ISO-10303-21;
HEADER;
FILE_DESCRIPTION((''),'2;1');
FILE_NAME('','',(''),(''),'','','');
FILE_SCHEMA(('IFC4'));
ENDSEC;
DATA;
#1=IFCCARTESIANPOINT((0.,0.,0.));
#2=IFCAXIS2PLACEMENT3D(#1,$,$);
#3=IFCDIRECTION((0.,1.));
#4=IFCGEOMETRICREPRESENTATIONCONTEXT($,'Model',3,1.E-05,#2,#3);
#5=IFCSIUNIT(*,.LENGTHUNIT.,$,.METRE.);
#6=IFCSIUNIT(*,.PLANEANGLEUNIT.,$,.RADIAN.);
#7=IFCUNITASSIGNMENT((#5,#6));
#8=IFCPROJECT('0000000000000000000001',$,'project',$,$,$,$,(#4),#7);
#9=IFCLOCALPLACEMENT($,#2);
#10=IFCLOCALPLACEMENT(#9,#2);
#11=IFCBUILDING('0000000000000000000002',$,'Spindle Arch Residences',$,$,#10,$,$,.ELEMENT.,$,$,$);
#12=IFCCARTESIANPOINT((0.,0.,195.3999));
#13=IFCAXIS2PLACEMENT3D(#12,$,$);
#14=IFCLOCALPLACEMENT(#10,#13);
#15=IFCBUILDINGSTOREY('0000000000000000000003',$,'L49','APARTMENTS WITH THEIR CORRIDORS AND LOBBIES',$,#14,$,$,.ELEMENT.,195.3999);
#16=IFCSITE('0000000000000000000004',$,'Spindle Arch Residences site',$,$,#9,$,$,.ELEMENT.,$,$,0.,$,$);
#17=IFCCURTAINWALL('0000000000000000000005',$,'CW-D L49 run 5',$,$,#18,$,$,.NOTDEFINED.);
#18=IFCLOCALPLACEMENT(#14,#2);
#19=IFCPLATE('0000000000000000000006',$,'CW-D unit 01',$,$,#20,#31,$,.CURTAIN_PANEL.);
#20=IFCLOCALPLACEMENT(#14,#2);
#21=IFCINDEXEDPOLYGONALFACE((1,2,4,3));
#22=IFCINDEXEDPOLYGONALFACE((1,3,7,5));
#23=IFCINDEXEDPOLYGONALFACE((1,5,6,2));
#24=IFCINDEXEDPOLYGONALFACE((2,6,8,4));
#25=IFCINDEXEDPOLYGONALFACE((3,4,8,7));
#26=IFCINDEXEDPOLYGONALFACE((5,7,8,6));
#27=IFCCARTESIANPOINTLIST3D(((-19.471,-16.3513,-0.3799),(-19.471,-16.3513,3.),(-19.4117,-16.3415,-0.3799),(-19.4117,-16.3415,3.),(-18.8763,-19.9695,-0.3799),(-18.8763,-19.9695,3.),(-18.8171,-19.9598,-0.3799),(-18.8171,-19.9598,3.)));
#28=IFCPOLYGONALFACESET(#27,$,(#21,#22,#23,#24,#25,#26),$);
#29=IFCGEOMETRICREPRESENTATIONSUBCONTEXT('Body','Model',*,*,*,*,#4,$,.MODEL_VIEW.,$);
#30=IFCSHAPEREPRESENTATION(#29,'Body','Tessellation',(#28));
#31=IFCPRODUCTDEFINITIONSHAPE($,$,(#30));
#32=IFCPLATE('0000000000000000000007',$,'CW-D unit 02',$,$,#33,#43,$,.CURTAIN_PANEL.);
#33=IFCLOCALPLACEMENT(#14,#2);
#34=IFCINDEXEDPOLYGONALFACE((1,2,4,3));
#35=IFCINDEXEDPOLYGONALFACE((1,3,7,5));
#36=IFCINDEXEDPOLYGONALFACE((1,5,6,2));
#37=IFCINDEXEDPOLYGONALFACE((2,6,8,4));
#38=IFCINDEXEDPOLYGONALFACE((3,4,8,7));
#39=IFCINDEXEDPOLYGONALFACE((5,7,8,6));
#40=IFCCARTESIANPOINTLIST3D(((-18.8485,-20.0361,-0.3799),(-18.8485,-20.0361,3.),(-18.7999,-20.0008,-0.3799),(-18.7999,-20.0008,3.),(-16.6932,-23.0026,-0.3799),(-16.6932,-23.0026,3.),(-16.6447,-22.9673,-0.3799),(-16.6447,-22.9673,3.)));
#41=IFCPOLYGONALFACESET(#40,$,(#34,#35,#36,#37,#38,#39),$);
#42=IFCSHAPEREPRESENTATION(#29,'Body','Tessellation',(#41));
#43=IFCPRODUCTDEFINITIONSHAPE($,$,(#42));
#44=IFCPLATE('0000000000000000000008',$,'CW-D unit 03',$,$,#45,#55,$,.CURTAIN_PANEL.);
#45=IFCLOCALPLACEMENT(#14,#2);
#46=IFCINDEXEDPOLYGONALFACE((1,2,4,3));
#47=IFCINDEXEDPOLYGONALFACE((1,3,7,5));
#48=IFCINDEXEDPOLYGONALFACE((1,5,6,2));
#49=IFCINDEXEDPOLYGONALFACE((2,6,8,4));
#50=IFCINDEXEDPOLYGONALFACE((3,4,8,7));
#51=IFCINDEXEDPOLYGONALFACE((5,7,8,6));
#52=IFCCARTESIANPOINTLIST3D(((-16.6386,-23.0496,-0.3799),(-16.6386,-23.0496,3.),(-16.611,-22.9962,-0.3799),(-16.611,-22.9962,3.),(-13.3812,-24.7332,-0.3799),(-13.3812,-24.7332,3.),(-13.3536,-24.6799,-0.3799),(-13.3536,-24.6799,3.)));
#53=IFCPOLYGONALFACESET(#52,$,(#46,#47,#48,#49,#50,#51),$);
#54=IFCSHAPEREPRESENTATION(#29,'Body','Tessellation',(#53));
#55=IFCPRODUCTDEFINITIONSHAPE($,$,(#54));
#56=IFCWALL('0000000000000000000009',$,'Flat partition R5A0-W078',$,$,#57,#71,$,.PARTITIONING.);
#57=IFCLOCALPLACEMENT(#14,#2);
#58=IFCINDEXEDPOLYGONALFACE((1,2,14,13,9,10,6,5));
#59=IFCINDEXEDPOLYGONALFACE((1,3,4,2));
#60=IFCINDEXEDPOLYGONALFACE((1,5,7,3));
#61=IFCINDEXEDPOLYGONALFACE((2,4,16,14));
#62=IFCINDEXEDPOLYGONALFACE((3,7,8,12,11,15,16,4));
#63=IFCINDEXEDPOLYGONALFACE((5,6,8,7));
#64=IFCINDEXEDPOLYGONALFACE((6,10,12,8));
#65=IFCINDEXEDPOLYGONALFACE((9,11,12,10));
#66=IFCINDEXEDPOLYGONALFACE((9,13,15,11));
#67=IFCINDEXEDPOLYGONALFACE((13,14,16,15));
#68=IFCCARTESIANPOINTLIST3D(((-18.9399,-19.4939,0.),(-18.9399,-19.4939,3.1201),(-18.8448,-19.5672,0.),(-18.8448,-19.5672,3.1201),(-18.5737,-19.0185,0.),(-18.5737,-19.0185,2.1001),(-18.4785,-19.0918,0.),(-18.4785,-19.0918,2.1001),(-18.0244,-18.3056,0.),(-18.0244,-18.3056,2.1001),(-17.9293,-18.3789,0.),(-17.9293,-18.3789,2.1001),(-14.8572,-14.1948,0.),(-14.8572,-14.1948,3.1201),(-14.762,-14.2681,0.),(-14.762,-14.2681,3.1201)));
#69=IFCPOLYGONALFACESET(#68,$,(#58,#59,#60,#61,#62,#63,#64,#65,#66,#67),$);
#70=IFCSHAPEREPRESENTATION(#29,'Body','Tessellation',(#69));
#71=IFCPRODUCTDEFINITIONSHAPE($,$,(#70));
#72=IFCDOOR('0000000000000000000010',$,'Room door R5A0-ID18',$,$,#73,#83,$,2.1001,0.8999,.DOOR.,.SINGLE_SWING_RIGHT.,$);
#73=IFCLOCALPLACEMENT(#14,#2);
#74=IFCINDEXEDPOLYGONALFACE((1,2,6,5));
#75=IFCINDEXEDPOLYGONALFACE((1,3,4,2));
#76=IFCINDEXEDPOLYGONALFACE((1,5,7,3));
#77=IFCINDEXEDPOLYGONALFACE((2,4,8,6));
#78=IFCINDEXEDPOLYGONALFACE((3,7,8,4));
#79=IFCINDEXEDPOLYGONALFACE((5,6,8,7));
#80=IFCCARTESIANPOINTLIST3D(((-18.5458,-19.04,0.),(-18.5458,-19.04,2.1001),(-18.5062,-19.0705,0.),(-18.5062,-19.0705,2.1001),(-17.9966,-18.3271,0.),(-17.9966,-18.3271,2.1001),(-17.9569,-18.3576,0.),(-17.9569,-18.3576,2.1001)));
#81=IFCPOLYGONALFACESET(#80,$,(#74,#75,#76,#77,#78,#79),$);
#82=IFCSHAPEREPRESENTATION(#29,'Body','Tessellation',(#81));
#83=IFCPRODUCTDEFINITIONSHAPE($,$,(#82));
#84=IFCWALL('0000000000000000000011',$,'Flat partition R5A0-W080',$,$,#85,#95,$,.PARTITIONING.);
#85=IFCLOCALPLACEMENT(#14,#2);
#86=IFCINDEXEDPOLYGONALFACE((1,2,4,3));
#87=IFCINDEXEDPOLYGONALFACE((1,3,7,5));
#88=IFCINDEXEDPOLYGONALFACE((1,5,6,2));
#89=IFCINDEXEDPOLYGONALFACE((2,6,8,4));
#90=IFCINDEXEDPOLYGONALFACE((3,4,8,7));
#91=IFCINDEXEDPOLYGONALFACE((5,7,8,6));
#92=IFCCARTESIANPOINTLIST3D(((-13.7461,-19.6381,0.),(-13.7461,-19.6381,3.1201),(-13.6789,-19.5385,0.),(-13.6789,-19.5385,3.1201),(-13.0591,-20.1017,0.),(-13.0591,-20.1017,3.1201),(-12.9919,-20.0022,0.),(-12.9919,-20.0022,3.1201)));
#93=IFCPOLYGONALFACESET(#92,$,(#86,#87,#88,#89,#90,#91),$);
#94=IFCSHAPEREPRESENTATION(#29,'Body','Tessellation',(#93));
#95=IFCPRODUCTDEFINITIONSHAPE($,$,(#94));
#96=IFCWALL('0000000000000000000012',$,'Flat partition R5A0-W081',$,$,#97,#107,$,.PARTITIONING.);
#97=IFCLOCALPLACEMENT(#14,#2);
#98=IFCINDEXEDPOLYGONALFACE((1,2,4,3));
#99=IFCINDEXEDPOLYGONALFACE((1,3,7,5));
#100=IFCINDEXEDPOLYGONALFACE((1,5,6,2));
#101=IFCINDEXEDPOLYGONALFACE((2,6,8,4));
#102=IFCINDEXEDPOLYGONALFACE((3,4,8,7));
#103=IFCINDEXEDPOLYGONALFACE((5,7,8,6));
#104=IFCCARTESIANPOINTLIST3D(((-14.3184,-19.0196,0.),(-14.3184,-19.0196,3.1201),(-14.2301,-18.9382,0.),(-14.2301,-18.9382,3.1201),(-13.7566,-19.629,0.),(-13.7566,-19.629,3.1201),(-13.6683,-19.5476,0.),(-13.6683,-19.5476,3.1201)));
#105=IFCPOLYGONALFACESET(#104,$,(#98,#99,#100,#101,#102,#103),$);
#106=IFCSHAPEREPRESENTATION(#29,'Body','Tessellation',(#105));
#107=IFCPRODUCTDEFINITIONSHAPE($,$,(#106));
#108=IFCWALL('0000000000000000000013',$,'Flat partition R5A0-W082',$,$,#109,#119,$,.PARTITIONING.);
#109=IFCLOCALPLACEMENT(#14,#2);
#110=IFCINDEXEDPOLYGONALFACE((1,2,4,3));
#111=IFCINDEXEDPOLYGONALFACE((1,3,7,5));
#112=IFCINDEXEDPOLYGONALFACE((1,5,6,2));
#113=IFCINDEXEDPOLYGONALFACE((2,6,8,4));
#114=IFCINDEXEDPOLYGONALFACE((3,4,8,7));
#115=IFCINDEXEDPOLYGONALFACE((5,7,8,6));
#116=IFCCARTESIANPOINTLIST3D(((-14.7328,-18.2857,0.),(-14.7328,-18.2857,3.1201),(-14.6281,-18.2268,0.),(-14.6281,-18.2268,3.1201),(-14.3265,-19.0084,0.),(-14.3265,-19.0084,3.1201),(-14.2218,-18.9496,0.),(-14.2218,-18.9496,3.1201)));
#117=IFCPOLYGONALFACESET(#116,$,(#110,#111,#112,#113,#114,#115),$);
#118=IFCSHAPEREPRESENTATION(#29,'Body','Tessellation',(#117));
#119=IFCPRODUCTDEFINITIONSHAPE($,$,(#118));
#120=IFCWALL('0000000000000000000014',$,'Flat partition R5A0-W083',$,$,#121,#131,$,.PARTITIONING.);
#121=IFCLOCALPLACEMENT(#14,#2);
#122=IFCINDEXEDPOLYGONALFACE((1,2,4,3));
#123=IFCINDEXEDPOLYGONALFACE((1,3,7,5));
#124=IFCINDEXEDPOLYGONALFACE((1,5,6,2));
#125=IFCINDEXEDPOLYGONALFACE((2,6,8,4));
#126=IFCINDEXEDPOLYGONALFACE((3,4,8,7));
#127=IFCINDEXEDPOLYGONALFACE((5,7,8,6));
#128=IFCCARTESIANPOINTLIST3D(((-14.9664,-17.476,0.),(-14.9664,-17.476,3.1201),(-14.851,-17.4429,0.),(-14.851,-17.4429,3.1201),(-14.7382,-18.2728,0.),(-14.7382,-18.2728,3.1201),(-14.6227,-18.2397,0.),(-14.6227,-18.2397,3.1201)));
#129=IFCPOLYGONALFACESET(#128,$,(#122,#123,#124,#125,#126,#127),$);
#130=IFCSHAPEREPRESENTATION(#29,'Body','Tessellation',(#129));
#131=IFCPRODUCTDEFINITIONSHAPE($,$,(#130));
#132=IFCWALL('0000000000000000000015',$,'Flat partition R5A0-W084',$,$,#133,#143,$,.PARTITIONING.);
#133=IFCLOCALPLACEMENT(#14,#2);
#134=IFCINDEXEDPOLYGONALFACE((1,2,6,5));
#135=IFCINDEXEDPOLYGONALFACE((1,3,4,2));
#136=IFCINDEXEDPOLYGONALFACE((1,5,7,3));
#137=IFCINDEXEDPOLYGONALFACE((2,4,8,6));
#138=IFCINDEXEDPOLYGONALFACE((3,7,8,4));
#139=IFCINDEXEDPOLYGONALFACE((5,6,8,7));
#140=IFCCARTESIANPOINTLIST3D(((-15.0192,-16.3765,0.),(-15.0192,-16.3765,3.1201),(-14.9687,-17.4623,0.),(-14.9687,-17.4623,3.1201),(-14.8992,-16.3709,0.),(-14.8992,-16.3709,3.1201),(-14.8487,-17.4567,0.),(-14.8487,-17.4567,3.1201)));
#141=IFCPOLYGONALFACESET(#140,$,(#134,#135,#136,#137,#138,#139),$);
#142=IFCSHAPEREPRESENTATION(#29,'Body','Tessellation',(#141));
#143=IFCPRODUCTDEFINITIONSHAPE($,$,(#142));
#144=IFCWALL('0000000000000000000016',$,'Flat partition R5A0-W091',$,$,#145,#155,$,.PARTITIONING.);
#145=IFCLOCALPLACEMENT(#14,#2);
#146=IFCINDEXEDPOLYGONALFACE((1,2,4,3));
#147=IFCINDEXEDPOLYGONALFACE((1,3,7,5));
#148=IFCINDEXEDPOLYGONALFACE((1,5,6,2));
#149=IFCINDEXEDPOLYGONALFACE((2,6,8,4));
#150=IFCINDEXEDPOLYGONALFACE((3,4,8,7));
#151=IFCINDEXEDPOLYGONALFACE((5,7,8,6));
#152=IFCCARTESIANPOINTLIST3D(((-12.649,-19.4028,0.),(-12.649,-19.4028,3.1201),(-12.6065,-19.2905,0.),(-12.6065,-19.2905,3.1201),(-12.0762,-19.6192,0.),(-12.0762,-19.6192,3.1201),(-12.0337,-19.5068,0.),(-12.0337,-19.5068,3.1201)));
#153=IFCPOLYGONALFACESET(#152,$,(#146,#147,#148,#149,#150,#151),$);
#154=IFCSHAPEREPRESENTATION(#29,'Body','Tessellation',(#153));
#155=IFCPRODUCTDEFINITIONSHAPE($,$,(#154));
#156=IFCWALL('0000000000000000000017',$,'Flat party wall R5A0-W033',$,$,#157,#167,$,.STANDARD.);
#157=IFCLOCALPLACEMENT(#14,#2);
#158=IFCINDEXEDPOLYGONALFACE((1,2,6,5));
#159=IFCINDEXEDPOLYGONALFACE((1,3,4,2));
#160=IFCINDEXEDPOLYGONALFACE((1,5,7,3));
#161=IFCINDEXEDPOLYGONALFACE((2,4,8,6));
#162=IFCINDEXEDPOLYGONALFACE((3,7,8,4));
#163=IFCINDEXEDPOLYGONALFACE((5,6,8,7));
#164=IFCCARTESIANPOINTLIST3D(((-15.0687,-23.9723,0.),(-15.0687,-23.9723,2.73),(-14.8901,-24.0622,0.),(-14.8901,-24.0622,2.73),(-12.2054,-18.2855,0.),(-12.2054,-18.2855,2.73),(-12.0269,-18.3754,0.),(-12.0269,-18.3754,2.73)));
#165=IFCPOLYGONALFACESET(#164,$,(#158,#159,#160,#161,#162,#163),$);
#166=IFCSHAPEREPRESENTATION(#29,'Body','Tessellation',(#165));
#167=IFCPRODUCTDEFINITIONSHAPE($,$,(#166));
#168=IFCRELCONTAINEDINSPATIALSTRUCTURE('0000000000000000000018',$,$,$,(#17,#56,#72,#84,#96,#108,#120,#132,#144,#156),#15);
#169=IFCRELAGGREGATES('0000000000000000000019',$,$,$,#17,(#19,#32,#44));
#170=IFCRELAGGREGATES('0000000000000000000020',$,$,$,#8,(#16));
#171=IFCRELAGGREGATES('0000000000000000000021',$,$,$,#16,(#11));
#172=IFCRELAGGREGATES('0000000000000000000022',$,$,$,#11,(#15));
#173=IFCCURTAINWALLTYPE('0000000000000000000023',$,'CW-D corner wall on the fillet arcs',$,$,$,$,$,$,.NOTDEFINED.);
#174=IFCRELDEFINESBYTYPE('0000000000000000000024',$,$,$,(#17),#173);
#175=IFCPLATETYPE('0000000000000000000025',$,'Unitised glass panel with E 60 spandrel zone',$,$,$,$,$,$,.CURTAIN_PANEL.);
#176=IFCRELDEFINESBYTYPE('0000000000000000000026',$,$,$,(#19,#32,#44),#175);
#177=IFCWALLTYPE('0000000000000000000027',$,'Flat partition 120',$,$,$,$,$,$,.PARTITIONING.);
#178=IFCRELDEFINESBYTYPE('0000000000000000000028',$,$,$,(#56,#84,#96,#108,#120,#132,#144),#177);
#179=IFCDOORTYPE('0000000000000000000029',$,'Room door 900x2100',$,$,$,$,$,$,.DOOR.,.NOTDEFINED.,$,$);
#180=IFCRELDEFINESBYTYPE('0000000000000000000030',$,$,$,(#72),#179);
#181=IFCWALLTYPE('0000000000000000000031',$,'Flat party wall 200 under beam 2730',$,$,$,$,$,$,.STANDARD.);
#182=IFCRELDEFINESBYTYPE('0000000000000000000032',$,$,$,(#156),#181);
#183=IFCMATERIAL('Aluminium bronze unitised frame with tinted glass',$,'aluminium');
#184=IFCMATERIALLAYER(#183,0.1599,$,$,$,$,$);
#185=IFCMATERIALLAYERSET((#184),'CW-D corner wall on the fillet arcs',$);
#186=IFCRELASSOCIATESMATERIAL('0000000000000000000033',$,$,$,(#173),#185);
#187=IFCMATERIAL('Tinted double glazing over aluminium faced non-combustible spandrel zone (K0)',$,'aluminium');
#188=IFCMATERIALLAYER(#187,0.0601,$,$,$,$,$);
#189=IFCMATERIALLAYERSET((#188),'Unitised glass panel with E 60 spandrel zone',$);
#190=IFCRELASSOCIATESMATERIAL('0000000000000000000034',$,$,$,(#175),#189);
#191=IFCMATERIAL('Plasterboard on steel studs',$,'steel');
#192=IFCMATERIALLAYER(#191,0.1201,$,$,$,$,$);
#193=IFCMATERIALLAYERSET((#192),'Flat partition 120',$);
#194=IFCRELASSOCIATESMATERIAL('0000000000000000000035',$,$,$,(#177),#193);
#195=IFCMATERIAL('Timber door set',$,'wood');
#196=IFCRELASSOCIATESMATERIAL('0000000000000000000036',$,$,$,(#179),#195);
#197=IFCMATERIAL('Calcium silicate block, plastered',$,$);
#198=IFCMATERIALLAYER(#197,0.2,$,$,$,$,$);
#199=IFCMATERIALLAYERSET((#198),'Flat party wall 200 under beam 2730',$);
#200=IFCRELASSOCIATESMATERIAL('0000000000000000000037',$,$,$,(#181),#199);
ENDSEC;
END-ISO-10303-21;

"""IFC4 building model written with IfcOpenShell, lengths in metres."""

from ifc_helpers import new_model, si_unit, direction, frame, frame_2d, origin, origin_2d, place, context, subcontext, project, spatial, rectangle, extrude, material, layer, layer_set, type_object, element, fill, aggregate, save


model = new_model("IFC4")

# Units and contexts
model_context = context("Model", 3, precision=1e-05, world=origin(), true_north=direction((0.0, 1.0)))
body_context = subcontext(model_context, "Body", "Model", "MODEL_VIEW")
ifc_project = project(units=[si_unit("LENGTHUNIT", "METRE"), si_unit("PLANEANGLEUNIT", "RADIAN")], contexts=[model_context])

# Site, building, storey
site_placement = place(None, origin())
site = spatial("IfcSite", under=ifc_project, at=site_placement, Name="Spindle Arch Residences site", CompositionType="ELEMENT", RefElevation=0.0)
building_placement = place(site_placement, origin())
building = spatial("IfcBuilding", under=site, at=building_placement, Name="Spindle Arch Residences", CompositionType="ELEMENT")
storey_placement = place(building_placement, frame((0.0, 0.0, 195.3999)))
storey = spatial("IfcBuildingStorey", under=building, at=storey_placement, Name="L49", Description="APARTMENTS WITH THEIR CORRIDORS AND LOBBIES", CompositionType="ELEMENT", Elevation=195.3999)

# Curtain wall
ifc_material_1 = material(Name="Aluminium bronze unitised frame with tinted glass", Category="aluminium")
ifc_layer_1 = layer(ifc_material_1, 0.1599)
ifc_layer_set_1 = layer_set([ifc_layer_1], Name="CW-D corner wall on the fillet arcs")
curtain_wall_type = type_object("IfcCurtainWallType", Name="CW-D corner wall on the fillet arcs", PredefinedType="NOTDEFINED", material=ifc_layer_set_1)
curtain_wall_placement = place(storey_placement, origin())
curtain_wall = element("IfcCurtainWall", 1, at=curtain_wall_placement, inside=storey, type_object=curtain_wall_type, Name="CW-D L49 run 5", PredefinedType="NOTDEFINED")

# Plates
ifc_material_2 = material(Name="Tinted double glazing over aluminium faced non-combustible spandrel zone (K0)", Category="aluminium")
ifc_layer_2 = layer(ifc_material_2, 0.0601)
ifc_layer_set_2 = layer_set([ifc_layer_2], Name="Unitised glass panel with E 60 spandrel zone")
plate_type = type_object("IfcPlateType", Name="Unitised glass panel with E 60 spandrel zone", PredefinedType="CURTAIN_PANEL", material=ifc_layer_set_2)
plate_1_placement = place(storey_placement, frame((-19.144, -18.1555, -0.3799), z_axis=(0.0, 0.0, 1.0), x_axis=(0.162178, -0.986762, 0.0)))
plate_1 = element("IfcPlate", 2, at=plate_1_placement, type_object=plate_type, Name="CW-D unit 01", PredefinedType="CURTAIN_PANEL", context=body_context, shape_type="SweptSolid", body=[
    extrude(rectangle(XDim=3.6667, YDim=0.0601, at=origin_2d()), origin(), (0.0, 0.0, 1.0), 3.3799),
])
plate_2_placement = place(storey_placement, frame((-17.7466, -21.5017, -0.3799), z_axis=(0.0, 0.0, 1.0), x_axis=(0.587785, -0.809017, 0.0)))
plate_2 = element("IfcPlate", 3, at=plate_2_placement, type_object=plate_type, Name="CW-D unit 02", PredefinedType="CURTAIN_PANEL", context=body_context, shape_type="SweptSolid", body=[
    extrude(rectangle(XDim=3.6667, YDim=0.0601, at=origin_2d()), origin(), (0.0, 0.0, 1.0), 3.3799),
])
plate_3_placement = place(storey_placement, frame((-14.9961, -23.8647, -0.3799), z_axis=(0.0, 0.0, 1.0), x_axis=(0.88835, -0.459166, 0.0)))
plate_3 = element("IfcPlate", 4, at=plate_3_placement, type_object=plate_type, Name="CW-D unit 03", PredefinedType="CURTAIN_PANEL", context=body_context, shape_type="SweptSolid", body=[
    extrude(rectangle(XDim=3.6667, YDim=0.0601, at=origin_2d()), origin(), (0.0, 0.0, 1.0), 3.3799),
])
aggregate(curtain_wall, [plate_1, plate_2, plate_3])

# Wall, opening, door
ifc_material_3 = material(Name="Plasterboard on steel studs", Category="steel")
ifc_layer_3 = layer(ifc_material_3, 0.1201)
ifc_layer_set_3 = layer_set([ifc_layer_3], Name="Flat partition 120")
wall_type_1 = type_object("IfcWallType", Name="Flat partition 120", PredefinedType="PARTITIONING", material=ifc_layer_set_3)
wall_1_placement = place(storey_placement, frame((-18.8923, -19.5305, 0.0), z_axis=(0.0, 0.0, 1.0), x_axis=(0.610326, 0.79215, 0.0)))
wall_1 = element("IfcWall", 5, at=wall_1_placement, inside=storey, type_object=wall_type_1, Name="Flat partition R5A0-W078", PredefinedType="PARTITIONING", context=body_context, shape_type="SweptSolid", body=[
    extrude(rectangle(XDim=6.6895, YDim=0.1201, at=frame_2d((3.3447, 0.0))), origin(), (0.0, 0.0, 1.0), 3.1201),
])
opening_placement = place(wall_1_placement, frame((0.6001, 0.0, 0.0)))
opening = element("IfcOpeningElement", 6, at=opening_placement, cuts=wall_1, PredefinedType="OPENING", context=body_context, shape_type="SweptSolid", body=[
    extrude(rectangle(XDim=0.8999, YDim=2.1001, at=frame_2d((0.45, 1.05))), frame((0.0, 0.0701, 0.0), z_axis=(0.0, -1.0, 0.0), x_axis=(1.0, 0.0, 0.0)), (0.0, 0.0, 1.0), 0.1401),
])
ifc_material_4 = material(Name="Timber door set", Category="wood")
door_type = type_object("IfcDoorType", Name="Room door 900x2100", OperationType="NOTDEFINED", PredefinedType="DOOR", material=ifc_material_4)
door_placement = place(opening_placement, origin())
door = element("IfcDoor", 7, at=door_placement, inside=storey, type_object=door_type, Name="Room door R5A0-ID18", OperationType="SINGLE_SWING_RIGHT", OverallHeight=2.1001, OverallWidth=0.8999, PredefinedType="DOOR", context=body_context, shape_type="SweptSolid", body=[
    extrude(rectangle(XDim=0.8999, YDim=2.1001, at=frame_2d((0.45, 1.05))), frame((0.0, 0.0249, 0.0), z_axis=(0.0, -1.0, 0.0), x_axis=(1.0, 0.0, 0.0)), (0.0, 0.0, 1.0), 0.05),
])
fill(opening, door)

# Walls
for number, where, z_axis, x_axis, name in (
    (8, (-13.0254, -20.052, 0.0), (0.0, 0.0, 1.0), (-0.82891, 0.559382, 0.0), "Flat partition R5A0-W080"),
    (9, (-13.7124, -19.5884, 0.0), (0.0, 0.0, 1.0), (-0.677803, 0.735244, 0.0), "Flat partition R5A0-W081"),
):
    element("IfcWall", number, at=place(storey_placement, frame(where, z_axis=z_axis, x_axis=x_axis)), inside=storey, type_object=wall_type_1, Name=name, PredefinedType="PARTITIONING", context=body_context, shape_type="SweptSolid", body=[
        extrude(rectangle(XDim=0.8289, YDim=0.1201, at=frame_2d((0.4146, 0.0))), origin(), (0.0, 0.0, 1.0), 3.1201),
    ])
wall_2_placement = place(storey_placement, frame((-14.2742, -18.979, 0.0), z_axis=(0.0, 0.0, 1.0), x_axis=(-0.490038, 0.871701, 0.0)))
element("IfcWall", 10, at=wall_2_placement, inside=storey, type_object=wall_type_1, Name="Flat partition R5A0-W082", PredefinedType="PARTITIONING", context=body_context, shape_type="SweptSolid", body=[
    extrude(rectangle(XDim=0.8291, YDim=0.1201, at=frame_2d((0.4146, 0.0))), origin(), (0.0, 0.0, 1.0), 3.1201),
])
wall_3_placement = place(storey_placement, frame((-14.6804, -18.2563, 0.0), z_axis=(0.0, 0.0, 1.0), x_axis=(-0.275382, 0.961335, 0.0)))
element("IfcWall", 11, at=wall_3_placement, inside=storey, type_object=wall_type_1, Name="Flat partition R5A0-W083", PredefinedType="PARTITIONING", context=body_context, shape_type="SweptSolid", body=[
    extrude(rectangle(XDim=0.8289, YDim=0.1201, at=frame_2d((0.4146, 0.0))), origin(), (0.0, 0.0, 1.0), 3.1201),
])
wall_4_placement = place(storey_placement, frame((-14.9087, -17.4595, 0.0), z_axis=(0.0, 0.0, 1.0), x_axis=(-0.046498, 0.998918, 0.0)))
element("IfcWall", 12, at=wall_4_placement, inside=storey, type_object=wall_type_1, Name="Flat partition R5A0-W084", PredefinedType="PARTITIONING", context=body_context, shape_type="SweptSolid", body=[
    extrude(rectangle(XDim=1.0869, YDim=0.1201, at=frame_2d((0.5435, 0.0))), origin(), (0.0, 0.0, 1.0), 3.1201),
])
wall_5_placement = place(storey_placement, frame((-12.0549, -19.563, 0.0), z_axis=(0.0, 0.0, 1.0), x_axis=(-0.935507, 0.353308, 0.0)))
element("IfcWall", 13, at=wall_5_placement, inside=storey, type_object=wall_type_1, Name="Flat partition R5A0-W091", PredefinedType="PARTITIONING", context=body_context, shape_type="SweptSolid", body=[
    extrude(rectangle(XDim=0.6123, YDim=0.1201, at=frame_2d((0.3062, 0.0))), origin(), (0.0, 0.0, 1.0), 3.1201),
])
ifc_material_5 = material(Name="Calcium silicate block, plastered")
ifc_layer_4 = layer(ifc_material_5, 0.2)
ifc_layer_set_4 = layer_set([ifc_layer_4], Name="Flat party wall 200 under beam 2730")
wall_type_2 = type_object("IfcWallType", Name="Flat party wall 200 under beam 2730", PredefinedType="STANDARD", material=ifc_layer_set_4)
wall_6_placement = place(storey_placement, frame((-14.9795, -24.0173, 0.0), z_axis=(0.0, 0.0, 1.0), x_axis=(0.449712, 0.893174, 0.0)))
element("IfcWall", 14, at=wall_6_placement, inside=storey, type_object=wall_type_2, Name="Flat party wall R5A0-W033", PredefinedType="STANDARD", context=body_context, shape_type="SweptSolid", body=[
    extrude(rectangle(XDim=6.3669, YDim=0.2, at=frame_2d((3.1836, 0.0))), origin(), (0.0, 0.0, 1.0), 2.73),
])

save(model, "model.ifc")
